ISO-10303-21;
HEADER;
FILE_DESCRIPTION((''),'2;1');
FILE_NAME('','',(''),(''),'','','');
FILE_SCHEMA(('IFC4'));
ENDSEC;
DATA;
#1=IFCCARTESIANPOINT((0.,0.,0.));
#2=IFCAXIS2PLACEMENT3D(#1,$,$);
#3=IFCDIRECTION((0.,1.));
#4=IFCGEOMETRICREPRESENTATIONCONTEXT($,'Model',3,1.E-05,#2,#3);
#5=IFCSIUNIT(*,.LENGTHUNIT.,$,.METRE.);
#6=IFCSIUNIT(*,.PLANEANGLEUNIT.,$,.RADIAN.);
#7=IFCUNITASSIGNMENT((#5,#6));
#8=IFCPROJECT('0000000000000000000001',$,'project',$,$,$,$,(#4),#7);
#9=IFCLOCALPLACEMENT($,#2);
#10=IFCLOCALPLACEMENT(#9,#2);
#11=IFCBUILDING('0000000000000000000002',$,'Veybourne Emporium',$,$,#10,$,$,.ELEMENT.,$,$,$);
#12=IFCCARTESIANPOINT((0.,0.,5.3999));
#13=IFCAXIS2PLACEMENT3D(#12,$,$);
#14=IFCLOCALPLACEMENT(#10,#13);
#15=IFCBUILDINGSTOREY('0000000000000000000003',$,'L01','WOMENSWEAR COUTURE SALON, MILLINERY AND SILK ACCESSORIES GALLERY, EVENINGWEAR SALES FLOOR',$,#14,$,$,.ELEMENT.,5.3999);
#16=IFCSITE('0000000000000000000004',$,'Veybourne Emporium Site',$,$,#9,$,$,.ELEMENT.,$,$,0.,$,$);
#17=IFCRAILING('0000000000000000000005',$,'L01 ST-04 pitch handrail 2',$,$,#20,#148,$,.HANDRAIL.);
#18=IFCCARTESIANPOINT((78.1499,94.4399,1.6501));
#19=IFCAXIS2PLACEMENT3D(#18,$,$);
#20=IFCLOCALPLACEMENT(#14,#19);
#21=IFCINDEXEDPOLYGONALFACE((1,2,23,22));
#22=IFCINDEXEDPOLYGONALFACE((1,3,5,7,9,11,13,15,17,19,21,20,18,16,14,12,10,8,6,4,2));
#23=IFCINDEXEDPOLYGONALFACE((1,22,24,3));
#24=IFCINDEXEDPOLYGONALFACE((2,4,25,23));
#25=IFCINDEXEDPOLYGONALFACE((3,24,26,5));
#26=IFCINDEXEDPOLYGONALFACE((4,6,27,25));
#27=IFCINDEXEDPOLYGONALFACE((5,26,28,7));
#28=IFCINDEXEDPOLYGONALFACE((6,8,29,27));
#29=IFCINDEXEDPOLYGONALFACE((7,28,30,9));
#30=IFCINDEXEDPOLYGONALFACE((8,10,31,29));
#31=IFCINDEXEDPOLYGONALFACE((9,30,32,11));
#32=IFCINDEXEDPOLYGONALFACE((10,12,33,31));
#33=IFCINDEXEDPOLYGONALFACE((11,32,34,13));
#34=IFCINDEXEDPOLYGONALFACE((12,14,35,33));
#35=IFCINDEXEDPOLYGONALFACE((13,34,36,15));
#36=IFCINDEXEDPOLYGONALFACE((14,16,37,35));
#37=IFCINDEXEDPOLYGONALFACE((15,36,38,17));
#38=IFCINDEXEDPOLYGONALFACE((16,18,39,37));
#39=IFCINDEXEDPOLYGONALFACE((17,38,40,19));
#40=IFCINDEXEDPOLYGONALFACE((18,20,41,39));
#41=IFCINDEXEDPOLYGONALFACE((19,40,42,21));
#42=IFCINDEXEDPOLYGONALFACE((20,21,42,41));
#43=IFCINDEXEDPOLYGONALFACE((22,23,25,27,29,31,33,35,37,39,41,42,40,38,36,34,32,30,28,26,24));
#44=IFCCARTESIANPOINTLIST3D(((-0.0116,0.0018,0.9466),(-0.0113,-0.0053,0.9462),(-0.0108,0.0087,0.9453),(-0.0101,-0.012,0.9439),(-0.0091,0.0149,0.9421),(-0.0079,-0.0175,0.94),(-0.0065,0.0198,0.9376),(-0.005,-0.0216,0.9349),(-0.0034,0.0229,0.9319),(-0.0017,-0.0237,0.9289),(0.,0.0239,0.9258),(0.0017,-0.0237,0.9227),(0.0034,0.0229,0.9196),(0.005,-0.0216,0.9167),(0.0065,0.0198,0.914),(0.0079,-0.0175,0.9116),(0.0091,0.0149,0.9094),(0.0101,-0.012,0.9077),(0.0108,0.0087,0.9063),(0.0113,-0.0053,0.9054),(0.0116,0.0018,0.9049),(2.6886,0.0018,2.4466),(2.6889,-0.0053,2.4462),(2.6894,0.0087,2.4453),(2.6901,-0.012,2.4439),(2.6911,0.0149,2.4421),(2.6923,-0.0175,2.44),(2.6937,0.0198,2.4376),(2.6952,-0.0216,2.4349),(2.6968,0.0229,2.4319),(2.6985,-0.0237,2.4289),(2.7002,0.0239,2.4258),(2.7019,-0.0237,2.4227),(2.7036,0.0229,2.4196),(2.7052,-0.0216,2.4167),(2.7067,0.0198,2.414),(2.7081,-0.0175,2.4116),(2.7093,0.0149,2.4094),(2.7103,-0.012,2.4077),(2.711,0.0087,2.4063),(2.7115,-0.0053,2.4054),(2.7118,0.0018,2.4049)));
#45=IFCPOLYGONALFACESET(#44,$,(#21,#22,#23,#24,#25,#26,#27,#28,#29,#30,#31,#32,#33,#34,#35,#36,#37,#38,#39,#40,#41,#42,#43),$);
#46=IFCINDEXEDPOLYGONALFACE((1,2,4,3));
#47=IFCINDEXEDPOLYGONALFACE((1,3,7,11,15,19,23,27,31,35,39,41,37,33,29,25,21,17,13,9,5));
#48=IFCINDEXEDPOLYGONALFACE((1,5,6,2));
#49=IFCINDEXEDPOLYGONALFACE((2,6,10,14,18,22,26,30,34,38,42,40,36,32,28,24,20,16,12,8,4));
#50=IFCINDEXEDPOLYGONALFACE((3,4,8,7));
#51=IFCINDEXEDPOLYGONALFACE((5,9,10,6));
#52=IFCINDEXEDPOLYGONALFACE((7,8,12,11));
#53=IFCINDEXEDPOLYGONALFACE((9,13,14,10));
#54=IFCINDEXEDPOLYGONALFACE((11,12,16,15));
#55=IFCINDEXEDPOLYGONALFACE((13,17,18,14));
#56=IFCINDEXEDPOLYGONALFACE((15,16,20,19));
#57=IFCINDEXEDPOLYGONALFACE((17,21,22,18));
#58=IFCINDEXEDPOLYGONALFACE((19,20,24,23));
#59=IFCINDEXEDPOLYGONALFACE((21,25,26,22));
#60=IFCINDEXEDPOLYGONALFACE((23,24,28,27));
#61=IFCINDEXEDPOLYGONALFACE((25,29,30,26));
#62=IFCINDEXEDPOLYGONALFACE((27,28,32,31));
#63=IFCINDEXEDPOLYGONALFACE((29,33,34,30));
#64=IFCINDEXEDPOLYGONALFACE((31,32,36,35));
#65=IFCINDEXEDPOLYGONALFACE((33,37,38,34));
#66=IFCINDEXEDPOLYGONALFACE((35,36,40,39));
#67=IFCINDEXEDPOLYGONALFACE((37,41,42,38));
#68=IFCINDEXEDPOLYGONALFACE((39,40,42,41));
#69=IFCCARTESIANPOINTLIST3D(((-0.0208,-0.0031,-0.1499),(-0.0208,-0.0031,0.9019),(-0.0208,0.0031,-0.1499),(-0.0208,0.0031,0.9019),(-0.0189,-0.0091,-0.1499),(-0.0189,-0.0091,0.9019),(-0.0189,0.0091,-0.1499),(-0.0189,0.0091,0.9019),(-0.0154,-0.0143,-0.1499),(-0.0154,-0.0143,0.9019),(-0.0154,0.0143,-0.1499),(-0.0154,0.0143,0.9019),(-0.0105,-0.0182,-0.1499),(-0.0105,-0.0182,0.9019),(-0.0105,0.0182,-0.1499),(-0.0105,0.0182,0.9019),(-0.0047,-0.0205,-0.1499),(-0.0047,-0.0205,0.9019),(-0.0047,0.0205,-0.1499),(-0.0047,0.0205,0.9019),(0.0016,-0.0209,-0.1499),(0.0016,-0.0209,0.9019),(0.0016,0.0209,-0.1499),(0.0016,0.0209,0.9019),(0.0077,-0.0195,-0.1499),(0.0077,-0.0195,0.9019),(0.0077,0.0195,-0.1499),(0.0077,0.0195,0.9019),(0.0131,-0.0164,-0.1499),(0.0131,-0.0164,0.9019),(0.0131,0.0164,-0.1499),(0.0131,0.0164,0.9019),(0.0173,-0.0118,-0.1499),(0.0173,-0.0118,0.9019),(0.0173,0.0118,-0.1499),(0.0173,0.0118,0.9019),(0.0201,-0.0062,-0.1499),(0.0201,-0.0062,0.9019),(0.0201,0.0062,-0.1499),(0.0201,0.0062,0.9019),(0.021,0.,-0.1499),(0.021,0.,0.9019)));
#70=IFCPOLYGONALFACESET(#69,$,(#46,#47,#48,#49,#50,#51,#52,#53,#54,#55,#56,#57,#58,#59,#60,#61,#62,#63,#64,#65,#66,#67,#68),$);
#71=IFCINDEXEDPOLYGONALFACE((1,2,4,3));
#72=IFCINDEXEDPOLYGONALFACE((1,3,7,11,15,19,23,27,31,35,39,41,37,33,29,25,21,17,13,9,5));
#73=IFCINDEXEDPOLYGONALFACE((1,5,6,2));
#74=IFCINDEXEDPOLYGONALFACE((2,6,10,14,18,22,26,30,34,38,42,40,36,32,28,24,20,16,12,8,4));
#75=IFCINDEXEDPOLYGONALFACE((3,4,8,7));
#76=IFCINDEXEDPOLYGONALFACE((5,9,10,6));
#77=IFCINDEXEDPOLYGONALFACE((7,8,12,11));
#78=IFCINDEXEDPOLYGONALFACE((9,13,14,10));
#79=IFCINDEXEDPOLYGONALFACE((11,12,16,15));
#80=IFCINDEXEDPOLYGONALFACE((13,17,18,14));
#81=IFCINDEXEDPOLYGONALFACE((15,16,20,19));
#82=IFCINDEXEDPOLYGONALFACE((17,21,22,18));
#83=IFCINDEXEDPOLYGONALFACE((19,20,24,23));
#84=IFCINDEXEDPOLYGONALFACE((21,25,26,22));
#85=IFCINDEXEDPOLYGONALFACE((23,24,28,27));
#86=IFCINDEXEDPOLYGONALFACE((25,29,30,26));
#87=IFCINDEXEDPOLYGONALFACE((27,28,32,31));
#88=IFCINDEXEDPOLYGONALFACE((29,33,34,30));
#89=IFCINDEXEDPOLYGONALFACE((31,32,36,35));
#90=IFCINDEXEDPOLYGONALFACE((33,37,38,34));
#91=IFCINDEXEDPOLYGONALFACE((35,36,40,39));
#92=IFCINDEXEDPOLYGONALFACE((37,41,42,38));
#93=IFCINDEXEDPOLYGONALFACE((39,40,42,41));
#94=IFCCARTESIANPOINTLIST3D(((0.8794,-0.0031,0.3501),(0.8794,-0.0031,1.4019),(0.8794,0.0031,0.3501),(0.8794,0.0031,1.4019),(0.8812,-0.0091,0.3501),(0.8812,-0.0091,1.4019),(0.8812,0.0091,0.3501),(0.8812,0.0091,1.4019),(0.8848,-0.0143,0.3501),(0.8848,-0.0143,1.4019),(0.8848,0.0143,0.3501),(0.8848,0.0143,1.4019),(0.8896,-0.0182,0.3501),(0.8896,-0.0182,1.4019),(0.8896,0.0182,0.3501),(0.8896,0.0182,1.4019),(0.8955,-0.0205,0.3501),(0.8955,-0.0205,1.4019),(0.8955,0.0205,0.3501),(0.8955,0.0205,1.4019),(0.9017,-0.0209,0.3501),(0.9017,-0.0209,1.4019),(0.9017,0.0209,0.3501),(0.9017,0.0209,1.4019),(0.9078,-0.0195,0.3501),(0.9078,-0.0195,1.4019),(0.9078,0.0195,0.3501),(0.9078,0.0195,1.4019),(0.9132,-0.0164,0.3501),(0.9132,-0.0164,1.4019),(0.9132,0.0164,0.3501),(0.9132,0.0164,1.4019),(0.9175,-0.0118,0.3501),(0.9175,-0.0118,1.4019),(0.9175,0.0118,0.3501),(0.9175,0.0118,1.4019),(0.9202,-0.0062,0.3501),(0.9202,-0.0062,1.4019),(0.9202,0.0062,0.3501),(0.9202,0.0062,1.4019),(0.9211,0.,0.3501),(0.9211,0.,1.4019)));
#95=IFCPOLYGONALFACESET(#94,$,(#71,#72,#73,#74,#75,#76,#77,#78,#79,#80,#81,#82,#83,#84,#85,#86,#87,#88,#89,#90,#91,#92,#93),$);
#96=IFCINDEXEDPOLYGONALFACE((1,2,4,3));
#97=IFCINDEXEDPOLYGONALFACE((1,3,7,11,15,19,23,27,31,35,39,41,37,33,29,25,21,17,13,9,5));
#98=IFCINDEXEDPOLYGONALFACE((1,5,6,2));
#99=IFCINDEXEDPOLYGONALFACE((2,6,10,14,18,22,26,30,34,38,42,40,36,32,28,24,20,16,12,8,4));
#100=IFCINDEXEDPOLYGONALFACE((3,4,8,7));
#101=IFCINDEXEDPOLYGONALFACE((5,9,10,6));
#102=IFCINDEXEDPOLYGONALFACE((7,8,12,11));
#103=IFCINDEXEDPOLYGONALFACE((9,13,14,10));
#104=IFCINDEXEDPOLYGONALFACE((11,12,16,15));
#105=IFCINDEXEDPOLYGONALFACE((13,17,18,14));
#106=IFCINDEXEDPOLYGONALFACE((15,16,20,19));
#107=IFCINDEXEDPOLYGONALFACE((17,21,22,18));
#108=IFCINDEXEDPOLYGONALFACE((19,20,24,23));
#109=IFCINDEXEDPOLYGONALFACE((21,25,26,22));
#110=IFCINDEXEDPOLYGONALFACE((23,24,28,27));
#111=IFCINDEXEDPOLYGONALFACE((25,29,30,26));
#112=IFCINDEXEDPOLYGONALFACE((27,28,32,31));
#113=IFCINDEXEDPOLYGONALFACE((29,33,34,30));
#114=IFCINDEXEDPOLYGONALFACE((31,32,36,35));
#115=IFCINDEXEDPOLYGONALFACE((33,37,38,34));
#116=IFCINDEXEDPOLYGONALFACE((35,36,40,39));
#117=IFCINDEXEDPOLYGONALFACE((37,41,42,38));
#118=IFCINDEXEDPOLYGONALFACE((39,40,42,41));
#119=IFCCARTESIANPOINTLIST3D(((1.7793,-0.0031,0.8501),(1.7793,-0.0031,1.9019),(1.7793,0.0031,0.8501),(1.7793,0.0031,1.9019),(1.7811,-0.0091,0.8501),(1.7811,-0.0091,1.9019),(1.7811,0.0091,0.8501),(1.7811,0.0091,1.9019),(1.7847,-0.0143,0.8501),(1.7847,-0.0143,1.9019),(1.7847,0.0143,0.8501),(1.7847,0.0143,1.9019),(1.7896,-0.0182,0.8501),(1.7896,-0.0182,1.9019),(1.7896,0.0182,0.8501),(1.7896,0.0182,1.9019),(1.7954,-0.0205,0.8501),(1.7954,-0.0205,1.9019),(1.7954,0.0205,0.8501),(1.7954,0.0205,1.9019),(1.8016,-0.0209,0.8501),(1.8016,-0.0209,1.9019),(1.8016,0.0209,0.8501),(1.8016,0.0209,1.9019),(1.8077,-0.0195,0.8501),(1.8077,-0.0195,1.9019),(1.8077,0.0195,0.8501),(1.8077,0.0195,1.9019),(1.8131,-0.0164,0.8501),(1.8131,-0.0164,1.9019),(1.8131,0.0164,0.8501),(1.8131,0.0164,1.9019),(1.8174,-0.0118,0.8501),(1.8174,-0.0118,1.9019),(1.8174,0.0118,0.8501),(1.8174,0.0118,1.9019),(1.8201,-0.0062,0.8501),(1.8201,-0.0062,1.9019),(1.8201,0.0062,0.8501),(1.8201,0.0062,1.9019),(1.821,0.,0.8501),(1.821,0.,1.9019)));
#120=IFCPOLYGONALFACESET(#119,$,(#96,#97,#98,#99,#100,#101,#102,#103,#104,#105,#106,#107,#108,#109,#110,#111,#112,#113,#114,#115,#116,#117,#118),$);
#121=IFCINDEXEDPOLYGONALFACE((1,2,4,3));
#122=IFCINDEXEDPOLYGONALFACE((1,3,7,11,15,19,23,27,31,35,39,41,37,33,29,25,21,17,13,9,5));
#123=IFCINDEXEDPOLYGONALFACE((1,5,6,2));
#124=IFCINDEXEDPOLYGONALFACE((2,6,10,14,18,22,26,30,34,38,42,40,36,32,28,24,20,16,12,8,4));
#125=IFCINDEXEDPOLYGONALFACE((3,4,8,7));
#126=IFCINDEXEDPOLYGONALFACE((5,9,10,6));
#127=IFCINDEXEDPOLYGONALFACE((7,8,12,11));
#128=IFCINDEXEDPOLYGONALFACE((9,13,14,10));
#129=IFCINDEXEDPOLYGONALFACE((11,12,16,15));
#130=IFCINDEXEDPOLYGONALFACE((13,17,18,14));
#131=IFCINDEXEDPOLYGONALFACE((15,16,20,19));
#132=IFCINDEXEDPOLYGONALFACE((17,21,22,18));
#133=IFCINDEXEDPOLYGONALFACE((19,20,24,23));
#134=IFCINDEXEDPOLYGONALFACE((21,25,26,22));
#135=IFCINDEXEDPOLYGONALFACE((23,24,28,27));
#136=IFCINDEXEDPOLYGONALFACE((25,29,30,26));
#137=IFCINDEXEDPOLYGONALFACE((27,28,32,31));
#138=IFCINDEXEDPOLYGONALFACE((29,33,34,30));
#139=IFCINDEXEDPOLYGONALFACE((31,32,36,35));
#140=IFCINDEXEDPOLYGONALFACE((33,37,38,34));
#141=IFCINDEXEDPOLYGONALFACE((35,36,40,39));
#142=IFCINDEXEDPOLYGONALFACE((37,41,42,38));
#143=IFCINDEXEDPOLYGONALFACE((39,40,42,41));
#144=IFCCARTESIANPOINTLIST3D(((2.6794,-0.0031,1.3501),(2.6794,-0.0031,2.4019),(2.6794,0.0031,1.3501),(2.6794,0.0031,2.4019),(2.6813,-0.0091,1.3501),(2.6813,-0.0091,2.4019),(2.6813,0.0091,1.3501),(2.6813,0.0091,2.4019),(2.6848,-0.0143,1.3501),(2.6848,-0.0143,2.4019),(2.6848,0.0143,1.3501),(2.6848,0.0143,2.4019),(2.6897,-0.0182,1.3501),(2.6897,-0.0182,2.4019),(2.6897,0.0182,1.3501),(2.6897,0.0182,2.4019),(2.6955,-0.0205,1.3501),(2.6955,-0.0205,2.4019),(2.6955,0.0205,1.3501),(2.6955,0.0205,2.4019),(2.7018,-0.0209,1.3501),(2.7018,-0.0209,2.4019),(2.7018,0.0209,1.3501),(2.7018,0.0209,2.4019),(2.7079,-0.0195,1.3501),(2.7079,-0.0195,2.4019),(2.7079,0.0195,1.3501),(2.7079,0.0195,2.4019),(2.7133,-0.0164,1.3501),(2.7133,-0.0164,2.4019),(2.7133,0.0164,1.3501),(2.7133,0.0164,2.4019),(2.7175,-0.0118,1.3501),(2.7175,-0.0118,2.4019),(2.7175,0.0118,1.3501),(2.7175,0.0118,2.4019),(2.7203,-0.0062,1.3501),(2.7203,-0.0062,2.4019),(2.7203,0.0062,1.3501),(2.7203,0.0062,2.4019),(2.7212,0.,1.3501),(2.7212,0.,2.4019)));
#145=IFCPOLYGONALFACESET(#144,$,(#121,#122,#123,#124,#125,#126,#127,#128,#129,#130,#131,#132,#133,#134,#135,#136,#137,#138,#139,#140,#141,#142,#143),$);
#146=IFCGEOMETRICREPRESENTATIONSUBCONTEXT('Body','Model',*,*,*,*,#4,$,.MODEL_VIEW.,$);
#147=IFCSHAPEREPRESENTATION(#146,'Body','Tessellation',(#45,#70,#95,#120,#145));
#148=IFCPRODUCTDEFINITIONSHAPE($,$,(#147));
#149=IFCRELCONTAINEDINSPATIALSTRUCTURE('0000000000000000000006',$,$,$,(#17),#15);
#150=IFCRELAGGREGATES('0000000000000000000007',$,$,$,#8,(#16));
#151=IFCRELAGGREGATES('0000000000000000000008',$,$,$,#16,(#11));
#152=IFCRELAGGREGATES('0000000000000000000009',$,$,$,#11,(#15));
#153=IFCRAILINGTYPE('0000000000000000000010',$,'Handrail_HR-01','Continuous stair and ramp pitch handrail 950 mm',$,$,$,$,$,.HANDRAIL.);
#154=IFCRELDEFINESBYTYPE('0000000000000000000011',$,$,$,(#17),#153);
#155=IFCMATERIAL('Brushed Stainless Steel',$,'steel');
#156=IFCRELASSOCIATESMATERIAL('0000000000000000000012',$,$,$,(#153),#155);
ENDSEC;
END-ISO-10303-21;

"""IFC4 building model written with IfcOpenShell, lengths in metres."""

from ifc_helpers import new_model, si_unit, direction, frame, origin, origin_2d, place, context, subcontext, project, spatial, circle, extrude, material, type_object, element, save


model = new_model("IFC4")

# Units and contexts
model_context = context("Model", 3, precision=1e-05, world=origin(), true_north=direction((0.0, 1.0)))
body_context = subcontext(model_context, "Body", "Model", "MODEL_VIEW")
ifc_project = project(units=[si_unit("LENGTHUNIT", "METRE"), si_unit("PLANEANGLEUNIT", "RADIAN")], contexts=[model_context])

# Site, building, storey
site_placement = place(None, origin())
site = spatial("IfcSite", under=ifc_project, at=site_placement, Name="Veybourne Emporium Site", CompositionType="ELEMENT", RefElevation=0.0)
building_placement = place(site_placement, origin())
building = spatial("IfcBuilding", under=site, at=building_placement, Name="Veybourne Emporium", CompositionType="ELEMENT")
storey_placement = place(building_placement, frame((0.0, 0.0, 5.3999)))
storey = spatial("IfcBuildingStorey", under=building, at=storey_placement, Name="L01", Description="WOMENSWEAR COUTURE SALON, MILLINERY AND SILK ACCESSORIES GALLERY, EVENINGWEAR SALES FLOOR", CompositionType="ELEMENT", Elevation=5.3999)

# Railing
ifc_material_1 = material(Name="Brushed Stainless Steel", Category="steel")
railing_type_1 = type_object("IfcRailingType", Name="Handrail_HR-01", Description="Continuous stair and ramp pitch handrail 950 mm", PredefinedType="HANDRAIL", material=ifc_material_1)
railing_1_placement = place(storey_placement, frame((78.1499, 94.4399, 1.6501)))
element("IfcRailing", 1, at=railing_1_placement, inside=storey, type_object=railing_type_1, Name="L01 ST-04 pitch handrail 2", PredefinedType="HANDRAIL", context=body_context, shape_type="SweptSolid", body=[
    extrude(circle(Radius=0.0239, at=origin_2d()), frame((0.0, 0.0, 0.9258), z_axis=(0.874172, 0.0, 0.485616), x_axis=(0.0, 1.0, 0.0)), (0.0, 0.0, 1.0), 3.0889),
    extrude(circle(Radius=0.021, at=origin_2d()), frame((0.0, 0.0, -0.1499)), (0.0, 0.0, 1.0), 1.0518),
    extrude(circle(Radius=0.021, at=origin_2d()), frame((0.9001, 0.0, 0.3501)), (0.0, 0.0, 1.0), 1.0518),
    extrude(circle(Radius=0.021, at=origin_2d()), frame((1.8, 0.0, 0.8501)), (0.0, 0.0, 1.0), 1.0518),
    extrude(circle(Radius=0.021, at=origin_2d()), frame((2.7002, 0.0, 1.3501)), (0.0, 0.0, 1.0), 1.0518),
])

save(model, "model.ifc")
